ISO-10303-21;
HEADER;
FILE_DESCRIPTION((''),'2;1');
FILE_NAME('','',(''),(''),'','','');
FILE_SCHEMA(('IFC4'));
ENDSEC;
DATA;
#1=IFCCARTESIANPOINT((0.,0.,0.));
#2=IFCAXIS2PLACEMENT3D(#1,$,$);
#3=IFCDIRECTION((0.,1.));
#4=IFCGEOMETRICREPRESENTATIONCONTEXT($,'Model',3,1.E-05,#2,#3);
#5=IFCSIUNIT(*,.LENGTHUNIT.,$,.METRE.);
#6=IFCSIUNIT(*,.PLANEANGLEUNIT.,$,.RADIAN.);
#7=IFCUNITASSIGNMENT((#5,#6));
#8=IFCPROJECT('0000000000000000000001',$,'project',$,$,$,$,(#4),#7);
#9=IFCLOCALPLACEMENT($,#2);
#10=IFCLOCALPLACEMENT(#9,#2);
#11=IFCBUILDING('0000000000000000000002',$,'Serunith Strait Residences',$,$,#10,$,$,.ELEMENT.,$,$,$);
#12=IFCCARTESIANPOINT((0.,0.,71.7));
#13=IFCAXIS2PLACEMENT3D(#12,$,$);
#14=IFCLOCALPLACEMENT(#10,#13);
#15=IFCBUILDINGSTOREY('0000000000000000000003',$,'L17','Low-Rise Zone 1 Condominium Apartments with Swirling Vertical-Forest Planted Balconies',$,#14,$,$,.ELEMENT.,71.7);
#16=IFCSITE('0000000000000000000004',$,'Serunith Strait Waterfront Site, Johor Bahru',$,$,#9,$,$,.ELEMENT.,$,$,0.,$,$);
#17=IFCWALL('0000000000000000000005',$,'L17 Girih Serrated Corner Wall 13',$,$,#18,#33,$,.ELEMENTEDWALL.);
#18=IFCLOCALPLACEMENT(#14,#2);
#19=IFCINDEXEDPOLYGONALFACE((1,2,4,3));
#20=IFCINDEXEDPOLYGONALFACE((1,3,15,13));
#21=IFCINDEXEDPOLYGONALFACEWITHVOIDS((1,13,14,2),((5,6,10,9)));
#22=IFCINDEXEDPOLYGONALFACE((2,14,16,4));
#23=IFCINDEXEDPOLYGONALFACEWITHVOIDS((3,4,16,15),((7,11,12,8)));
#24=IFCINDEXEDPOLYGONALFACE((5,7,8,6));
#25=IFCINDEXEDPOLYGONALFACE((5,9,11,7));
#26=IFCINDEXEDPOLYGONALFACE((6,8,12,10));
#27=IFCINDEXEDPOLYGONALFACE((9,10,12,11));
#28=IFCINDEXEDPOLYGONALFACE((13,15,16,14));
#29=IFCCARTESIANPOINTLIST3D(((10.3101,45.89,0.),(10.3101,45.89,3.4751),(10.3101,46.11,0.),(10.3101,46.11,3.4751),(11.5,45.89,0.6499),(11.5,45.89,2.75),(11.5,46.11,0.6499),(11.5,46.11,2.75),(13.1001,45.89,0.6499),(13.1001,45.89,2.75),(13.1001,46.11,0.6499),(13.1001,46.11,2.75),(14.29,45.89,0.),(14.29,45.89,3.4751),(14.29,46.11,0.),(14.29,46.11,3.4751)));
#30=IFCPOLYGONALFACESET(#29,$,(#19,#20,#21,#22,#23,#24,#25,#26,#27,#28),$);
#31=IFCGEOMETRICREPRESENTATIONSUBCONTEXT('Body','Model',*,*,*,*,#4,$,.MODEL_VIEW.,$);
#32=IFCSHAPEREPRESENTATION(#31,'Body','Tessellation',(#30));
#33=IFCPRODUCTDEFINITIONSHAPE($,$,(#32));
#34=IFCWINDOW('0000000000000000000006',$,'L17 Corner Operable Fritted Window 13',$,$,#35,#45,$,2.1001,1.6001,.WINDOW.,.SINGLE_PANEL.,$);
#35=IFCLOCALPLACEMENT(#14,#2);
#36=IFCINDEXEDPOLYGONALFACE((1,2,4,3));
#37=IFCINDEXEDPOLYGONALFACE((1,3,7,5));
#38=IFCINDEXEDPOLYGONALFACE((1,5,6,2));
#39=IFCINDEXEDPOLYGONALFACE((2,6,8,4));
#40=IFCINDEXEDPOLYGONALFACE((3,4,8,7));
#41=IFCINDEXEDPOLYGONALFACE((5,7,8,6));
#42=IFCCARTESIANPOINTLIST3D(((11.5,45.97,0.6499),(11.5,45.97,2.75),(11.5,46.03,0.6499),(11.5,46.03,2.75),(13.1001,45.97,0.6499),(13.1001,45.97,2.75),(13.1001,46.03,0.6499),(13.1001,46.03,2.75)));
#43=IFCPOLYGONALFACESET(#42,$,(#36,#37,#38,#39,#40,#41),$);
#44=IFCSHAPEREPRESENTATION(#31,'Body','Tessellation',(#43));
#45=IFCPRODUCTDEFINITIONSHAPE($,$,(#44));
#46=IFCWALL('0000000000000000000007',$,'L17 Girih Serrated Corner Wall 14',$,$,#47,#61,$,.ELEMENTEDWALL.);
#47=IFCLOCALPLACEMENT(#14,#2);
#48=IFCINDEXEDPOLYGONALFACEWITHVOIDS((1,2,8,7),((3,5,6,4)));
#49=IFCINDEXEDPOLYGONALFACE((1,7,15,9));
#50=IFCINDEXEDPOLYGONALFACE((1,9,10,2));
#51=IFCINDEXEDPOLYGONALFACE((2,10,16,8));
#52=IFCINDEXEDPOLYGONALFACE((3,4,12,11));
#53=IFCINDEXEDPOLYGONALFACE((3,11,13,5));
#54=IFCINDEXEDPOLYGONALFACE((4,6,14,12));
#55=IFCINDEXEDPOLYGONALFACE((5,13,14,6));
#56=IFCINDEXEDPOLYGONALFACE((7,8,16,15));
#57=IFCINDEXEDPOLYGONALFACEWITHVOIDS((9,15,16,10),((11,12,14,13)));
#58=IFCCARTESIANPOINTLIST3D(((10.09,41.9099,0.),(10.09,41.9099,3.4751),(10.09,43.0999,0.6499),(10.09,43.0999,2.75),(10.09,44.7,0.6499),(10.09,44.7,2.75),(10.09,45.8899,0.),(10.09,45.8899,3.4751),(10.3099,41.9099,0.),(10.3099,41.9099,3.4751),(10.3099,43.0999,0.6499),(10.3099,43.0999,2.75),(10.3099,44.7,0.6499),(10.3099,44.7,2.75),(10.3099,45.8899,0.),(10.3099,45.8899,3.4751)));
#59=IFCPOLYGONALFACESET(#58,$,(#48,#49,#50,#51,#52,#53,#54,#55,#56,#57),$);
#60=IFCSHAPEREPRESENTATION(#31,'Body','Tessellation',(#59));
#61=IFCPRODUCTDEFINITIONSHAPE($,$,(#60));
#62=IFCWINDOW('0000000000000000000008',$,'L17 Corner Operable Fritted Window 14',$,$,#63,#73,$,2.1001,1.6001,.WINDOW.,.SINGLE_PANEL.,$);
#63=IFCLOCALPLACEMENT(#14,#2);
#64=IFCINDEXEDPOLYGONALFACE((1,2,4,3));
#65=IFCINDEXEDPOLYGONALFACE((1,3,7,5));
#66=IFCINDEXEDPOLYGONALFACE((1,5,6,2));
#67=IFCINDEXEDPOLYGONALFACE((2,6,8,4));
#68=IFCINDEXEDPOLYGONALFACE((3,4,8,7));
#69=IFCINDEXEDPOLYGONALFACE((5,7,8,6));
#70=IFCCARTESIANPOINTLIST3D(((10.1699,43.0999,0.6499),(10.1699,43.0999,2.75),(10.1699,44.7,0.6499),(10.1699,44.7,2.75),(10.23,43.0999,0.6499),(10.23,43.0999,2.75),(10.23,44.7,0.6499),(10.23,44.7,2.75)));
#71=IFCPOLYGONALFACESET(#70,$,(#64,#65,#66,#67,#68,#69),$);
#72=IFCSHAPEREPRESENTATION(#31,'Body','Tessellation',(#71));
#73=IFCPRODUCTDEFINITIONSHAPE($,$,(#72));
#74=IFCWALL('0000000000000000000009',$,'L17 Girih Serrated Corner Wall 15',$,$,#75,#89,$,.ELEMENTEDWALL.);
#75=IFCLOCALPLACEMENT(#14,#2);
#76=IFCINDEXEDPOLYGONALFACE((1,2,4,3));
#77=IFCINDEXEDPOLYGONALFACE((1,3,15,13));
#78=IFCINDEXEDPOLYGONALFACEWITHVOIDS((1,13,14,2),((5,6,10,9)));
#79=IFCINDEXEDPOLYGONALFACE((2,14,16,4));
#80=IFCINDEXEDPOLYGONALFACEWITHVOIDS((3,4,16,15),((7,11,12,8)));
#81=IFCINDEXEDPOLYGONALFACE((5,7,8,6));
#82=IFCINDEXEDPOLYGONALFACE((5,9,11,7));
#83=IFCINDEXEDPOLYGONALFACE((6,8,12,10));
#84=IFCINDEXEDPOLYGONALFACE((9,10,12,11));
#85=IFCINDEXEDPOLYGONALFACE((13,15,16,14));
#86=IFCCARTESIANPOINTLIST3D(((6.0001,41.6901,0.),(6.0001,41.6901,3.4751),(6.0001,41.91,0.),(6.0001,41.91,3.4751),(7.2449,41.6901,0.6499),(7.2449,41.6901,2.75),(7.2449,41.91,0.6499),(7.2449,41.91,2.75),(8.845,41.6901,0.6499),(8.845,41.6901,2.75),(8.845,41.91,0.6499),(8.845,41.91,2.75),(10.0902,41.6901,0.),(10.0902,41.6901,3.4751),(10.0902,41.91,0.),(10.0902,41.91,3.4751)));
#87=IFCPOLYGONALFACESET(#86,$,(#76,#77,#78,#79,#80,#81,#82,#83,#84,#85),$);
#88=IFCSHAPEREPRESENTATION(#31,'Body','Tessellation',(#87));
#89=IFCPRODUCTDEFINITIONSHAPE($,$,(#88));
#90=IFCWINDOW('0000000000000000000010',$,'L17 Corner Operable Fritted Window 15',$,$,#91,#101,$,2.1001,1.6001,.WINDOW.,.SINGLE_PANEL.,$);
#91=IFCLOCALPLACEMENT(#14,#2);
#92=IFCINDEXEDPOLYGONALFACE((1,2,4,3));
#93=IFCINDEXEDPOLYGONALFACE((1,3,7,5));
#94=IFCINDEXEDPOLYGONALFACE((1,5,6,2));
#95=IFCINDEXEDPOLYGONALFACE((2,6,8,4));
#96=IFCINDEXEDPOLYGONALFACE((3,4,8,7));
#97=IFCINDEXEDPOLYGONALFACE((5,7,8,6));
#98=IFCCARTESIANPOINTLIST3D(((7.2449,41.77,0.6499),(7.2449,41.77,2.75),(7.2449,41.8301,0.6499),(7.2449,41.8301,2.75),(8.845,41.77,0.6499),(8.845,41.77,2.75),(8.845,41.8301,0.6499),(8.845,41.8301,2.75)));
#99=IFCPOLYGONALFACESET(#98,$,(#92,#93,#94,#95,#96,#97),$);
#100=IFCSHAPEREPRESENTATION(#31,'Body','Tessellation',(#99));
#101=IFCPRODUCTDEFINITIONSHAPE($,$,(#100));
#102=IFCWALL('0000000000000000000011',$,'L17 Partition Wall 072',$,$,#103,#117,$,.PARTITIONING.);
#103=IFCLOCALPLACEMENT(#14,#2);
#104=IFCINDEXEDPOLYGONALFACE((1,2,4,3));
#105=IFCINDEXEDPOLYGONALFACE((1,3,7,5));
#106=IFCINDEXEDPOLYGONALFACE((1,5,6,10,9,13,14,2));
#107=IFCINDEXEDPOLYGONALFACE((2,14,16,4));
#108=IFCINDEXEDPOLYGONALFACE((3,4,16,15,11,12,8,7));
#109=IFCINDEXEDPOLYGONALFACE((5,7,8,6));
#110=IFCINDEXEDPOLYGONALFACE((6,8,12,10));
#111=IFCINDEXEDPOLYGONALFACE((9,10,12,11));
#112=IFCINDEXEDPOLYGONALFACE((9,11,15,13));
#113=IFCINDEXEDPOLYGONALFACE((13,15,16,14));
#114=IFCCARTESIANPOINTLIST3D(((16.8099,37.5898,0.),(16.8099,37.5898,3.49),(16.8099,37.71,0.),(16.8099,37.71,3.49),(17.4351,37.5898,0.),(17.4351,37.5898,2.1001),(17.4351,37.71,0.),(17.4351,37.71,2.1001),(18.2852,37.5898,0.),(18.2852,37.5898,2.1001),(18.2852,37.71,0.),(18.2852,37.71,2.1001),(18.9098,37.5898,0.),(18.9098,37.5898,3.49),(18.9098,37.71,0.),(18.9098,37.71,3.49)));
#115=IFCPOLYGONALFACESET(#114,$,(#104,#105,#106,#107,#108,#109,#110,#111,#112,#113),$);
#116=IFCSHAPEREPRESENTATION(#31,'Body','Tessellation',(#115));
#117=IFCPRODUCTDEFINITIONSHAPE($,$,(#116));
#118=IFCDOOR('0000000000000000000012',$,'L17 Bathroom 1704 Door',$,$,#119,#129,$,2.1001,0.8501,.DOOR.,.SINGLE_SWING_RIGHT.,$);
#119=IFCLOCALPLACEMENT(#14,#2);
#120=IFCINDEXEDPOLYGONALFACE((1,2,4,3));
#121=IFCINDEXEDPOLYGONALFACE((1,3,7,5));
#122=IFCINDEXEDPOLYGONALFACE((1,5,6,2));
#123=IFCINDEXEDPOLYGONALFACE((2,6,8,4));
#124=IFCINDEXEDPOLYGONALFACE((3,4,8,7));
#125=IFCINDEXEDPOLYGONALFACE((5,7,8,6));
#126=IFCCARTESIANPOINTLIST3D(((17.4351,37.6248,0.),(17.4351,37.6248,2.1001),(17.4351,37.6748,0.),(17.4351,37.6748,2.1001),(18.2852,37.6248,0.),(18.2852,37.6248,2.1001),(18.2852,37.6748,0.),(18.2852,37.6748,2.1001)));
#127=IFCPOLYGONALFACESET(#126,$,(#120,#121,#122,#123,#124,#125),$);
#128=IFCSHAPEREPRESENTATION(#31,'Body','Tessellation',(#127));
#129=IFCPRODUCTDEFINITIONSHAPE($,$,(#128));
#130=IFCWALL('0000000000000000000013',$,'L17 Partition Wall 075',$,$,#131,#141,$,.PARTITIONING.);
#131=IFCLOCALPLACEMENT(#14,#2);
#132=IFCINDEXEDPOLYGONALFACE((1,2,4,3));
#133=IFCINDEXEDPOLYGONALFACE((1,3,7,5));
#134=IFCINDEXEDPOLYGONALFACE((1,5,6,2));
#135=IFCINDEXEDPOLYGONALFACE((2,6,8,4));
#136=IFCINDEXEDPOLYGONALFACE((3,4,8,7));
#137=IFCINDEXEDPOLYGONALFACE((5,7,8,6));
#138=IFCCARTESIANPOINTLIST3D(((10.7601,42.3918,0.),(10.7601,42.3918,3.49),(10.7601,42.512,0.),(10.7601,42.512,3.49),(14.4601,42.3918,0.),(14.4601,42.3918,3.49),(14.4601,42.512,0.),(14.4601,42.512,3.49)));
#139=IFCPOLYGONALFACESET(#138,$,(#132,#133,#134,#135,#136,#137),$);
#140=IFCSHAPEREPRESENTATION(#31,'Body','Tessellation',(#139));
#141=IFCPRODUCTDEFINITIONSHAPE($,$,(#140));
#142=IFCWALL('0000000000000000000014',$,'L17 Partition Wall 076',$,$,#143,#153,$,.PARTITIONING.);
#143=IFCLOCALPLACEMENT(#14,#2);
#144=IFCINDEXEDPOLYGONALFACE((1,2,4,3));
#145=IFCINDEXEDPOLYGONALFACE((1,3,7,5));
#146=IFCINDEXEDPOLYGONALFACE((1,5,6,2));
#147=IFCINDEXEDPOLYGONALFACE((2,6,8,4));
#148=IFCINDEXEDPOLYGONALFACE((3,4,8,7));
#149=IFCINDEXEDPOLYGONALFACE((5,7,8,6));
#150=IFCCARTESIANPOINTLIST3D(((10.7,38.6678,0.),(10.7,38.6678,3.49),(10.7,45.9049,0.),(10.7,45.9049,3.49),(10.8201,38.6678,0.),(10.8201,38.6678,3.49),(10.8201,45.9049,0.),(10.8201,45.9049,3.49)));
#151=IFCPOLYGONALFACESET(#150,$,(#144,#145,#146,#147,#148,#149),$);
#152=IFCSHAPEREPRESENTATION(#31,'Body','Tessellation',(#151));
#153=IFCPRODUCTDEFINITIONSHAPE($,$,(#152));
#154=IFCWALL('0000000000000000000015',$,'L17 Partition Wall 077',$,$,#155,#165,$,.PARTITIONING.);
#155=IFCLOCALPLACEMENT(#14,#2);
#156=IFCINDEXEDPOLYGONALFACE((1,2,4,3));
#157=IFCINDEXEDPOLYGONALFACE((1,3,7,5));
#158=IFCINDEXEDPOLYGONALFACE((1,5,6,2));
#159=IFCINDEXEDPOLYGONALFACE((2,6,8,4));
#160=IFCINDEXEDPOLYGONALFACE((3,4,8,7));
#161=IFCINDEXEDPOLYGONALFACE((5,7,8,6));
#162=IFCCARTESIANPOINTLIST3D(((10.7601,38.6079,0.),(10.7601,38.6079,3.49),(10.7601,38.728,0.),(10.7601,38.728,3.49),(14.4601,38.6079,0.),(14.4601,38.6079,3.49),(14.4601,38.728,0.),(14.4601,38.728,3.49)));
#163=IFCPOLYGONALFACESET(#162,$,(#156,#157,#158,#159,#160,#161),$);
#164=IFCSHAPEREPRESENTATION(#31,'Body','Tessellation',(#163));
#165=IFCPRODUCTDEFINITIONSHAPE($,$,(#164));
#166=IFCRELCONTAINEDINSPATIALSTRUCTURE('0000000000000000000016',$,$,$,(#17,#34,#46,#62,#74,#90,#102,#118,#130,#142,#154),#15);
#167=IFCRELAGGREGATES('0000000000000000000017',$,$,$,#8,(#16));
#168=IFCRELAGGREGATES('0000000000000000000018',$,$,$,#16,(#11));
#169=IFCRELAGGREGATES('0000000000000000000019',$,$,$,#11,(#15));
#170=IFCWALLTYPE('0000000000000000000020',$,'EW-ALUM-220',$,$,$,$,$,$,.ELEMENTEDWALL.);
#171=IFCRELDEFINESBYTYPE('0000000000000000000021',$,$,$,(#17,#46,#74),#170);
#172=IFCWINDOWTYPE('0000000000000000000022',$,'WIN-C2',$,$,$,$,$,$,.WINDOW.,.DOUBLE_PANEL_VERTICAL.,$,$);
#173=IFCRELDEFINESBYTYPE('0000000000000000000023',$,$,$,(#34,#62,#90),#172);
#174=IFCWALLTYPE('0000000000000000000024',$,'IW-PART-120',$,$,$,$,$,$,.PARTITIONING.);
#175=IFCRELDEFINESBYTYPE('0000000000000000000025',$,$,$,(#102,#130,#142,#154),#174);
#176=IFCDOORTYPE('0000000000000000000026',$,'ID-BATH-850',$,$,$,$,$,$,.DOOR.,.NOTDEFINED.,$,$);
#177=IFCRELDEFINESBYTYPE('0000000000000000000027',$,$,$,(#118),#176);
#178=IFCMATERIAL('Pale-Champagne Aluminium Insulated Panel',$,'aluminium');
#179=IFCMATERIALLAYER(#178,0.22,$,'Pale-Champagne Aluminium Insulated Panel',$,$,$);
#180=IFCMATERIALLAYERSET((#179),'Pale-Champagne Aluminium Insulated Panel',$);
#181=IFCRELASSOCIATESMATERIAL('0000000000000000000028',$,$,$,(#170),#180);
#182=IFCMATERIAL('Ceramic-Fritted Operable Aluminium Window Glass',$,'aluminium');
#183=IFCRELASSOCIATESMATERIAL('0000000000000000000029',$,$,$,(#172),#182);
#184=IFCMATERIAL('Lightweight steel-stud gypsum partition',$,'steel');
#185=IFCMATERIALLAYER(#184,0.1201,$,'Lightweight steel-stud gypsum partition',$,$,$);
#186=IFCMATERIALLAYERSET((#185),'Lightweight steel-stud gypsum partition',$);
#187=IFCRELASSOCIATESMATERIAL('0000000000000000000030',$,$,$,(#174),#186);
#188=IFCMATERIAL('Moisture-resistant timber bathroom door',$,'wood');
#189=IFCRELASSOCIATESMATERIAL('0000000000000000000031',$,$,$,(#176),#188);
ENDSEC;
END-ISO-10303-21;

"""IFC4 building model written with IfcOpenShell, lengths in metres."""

from ifc_helpers import new_model, si_unit, direction, frame, frame_2d, origin, place, context, subcontext, project, spatial, rectangle, extrude, source, transform, mapped, material, layer, layer_set, type_object, element, fill, save


model = new_model("IFC4")

# Units and contexts
model_context = context("Model", 3, precision=1e-05, world=origin(), true_north=direction((0.0, 1.0)))
body_context = subcontext(model_context, "Body", "Model", "MODEL_VIEW")
ifc_project = project(units=[si_unit("LENGTHUNIT", "METRE"), si_unit("PLANEANGLEUNIT", "RADIAN")], contexts=[model_context])

# Site, building, storey
site_placement = place(None, origin())
site = spatial("IfcSite", under=ifc_project, at=site_placement, Name="Serunith Strait Waterfront Site, Johor Bahru", CompositionType="ELEMENT", RefElevation=0.0)
building_placement = place(site_placement, origin())
building = spatial("IfcBuilding", under=site, at=building_placement, Name="Serunith Strait Residences", CompositionType="ELEMENT")
storey_placement = place(building_placement, frame((0.0, 0.0, 71.7)))
storey = spatial("IfcBuildingStorey", under=building, at=storey_placement, Name="L17", Description="Low-Rise Zone 1 Condominium Apartments with Swirling Vertical-Forest Planted Balconies", CompositionType="ELEMENT", Elevation=71.7)

# Walls, openings, windows
ifc_material_1 = material(Name="Pale-Champagne Aluminium Insulated Panel", Category="aluminium")
ifc_layer_1 = layer(ifc_material_1, 0.22, Name="Pale-Champagne Aluminium Insulated Panel")
ifc_layer_set_1 = layer_set([ifc_layer_1], Name="Pale-Champagne Aluminium Insulated Panel")
wall_type_1 = type_object("IfcWallType", Name="EW-ALUM-220", PredefinedType="ELEMENTEDWALL", material=ifc_layer_set_1)
ifc_material_2 = material(Name="Ceramic-Fritted Operable Aluminium Window Glass", Category="aluminium")
window_type = type_object("IfcWindowType", Name="WIN-C2", PartitioningType="DOUBLE_PANEL_VERTICAL", PredefinedType="WINDOW", material=ifc_material_2)
shared_shape_1 = source(origin(), body_context, "Body", "SweptSolid", [
    extrude(rectangle(XDim=1.6001, YDim=2.1001, at=frame_2d((0.8, 1.05))), frame((0.0, 0.03, 0.0), z_axis=(0.0, -1.0, 0.0), x_axis=(1.0, 0.0, 0.0)), (0.0, 0.0, 1.0), 0.0601),
])
wall_1_placement = place(storey_placement, frame((14.29, 46.0, 0.0), z_axis=(0.0, 0.0, 1.0), x_axis=(-1.0, 0.0, 0.0)))
wall_1 = element("IfcWall", 1, at=wall_1_placement, inside=storey, type_object=wall_type_1, Name="L17 Girih Serrated Corner Wall 13", PredefinedType="ELEMENTEDWALL", context=body_context, shape_type="SweptSolid", body=[
    extrude(rectangle(XDim=3.98, YDim=0.22, at=frame_2d((1.99, 0.0))), origin(), (0.0, 0.0, 1.0), 3.4751),
])
opening_1_placement = place(wall_1_placement, frame((1.1899, 0.0, 0.6499)))
opening_1 = element("IfcOpeningElement", 2, at=opening_1_placement, cuts=wall_1, PredefinedType="OPENING", context=body_context, shape_type="SweptSolid", body=[
    extrude(rectangle(XDim=1.6001, YDim=2.1001, at=frame_2d((0.8, 1.05))), frame((0.0, 0.1201, 0.0), z_axis=(0.0, -1.0, 0.0), x_axis=(1.0, 0.0, 0.0)), (0.0, 0.0, 1.0), 0.24),
])
window_1_placement = place(opening_1_placement, origin())
window_1 = element("IfcWindow", 3, at=window_1_placement, inside=storey, type_object=window_type, Name="L17 Corner Operable Fritted Window 13", OverallHeight=2.1001, OverallWidth=1.6001, PartitioningType="SINGLE_PANEL", PredefinedType="WINDOW", context=body_context, shape_type="MappedRepresentation", body=[
    mapped(shared_shape_1, transform((0.0, 0.0, 0.0), scale=1.0)),
])
fill(opening_1, window_1)
wall_2_placement = place(storey_placement, frame((10.2, 45.8899, 0.0), z_axis=(0.0, 0.0, 1.0), x_axis=(0.0, -1.0, 0.0)))
wall_2 = element("IfcWall", 4, at=wall_2_placement, inside=storey, type_object=wall_type_1, Name="L17 Girih Serrated Corner Wall 14", PredefinedType="ELEMENTEDWALL", context=body_context, shape_type="SweptSolid", body=[
    extrude(rectangle(XDim=3.98, YDim=0.22, at=frame_2d((1.99, 0.0))), origin(), (0.0, 0.0, 1.0), 3.4751),
])
opening_2_placement = place(wall_2_placement, frame((1.1899, 0.0, 0.6499)))
opening_2 = element("IfcOpeningElement", 5, at=opening_2_placement, cuts=wall_2, PredefinedType="OPENING", context=body_context, shape_type="SweptSolid", body=[
    extrude(rectangle(XDim=1.6001, YDim=2.1001, at=frame_2d((0.8, 1.05))), frame((0.0, 0.1201, 0.0), z_axis=(0.0, -1.0, 0.0), x_axis=(1.0, 0.0, 0.0)), (0.0, 0.0, 1.0), 0.24),
])
window_2_placement = place(opening_2_placement, origin())
window_2 = element("IfcWindow", 6, at=window_2_placement, inside=storey, type_object=window_type, Name="L17 Corner Operable Fritted Window 14", OverallHeight=2.1001, OverallWidth=1.6001, PartitioningType="SINGLE_PANEL", PredefinedType="WINDOW", context=body_context, shape_type="MappedRepresentation", body=[
    mapped(shared_shape_1, transform((0.0, 0.0, 0.0), scale=1.0)),
])
fill(opening_2, window_2)
wall_3_placement = place(storey_placement, frame((10.0901, 41.8, 0.0), z_axis=(0.0, 0.0, 1.0), x_axis=(-1.0, 0.0, 0.0)))
wall_3 = element("IfcWall", 7, at=wall_3_placement, inside=storey, type_object=wall_type_1, Name="L17 Girih Serrated Corner Wall 15", PredefinedType="ELEMENTEDWALL", context=body_context, shape_type="SweptSolid", body=[
    extrude(rectangle(XDim=4.0901, YDim=0.22, at=frame_2d((2.0449, 0.0))), origin(), (0.0, 0.0, 1.0), 3.4751),
])
opening_3_placement = place(wall_3_placement, frame((1.2451, 0.0, 0.6499)))
opening_3 = element("IfcOpeningElement", 8, at=opening_3_placement, cuts=wall_3, PredefinedType="OPENING", context=body_context, shape_type="SweptSolid", body=[
    extrude(rectangle(XDim=1.6001, YDim=2.1001, at=frame_2d((0.8, 1.05))), frame((0.0, 0.1201, 0.0), z_axis=(0.0, -1.0, 0.0), x_axis=(1.0, 0.0, 0.0)), (0.0, 0.0, 1.0), 0.24),
])
window_3_placement = place(opening_3_placement, origin())
window_3 = element("IfcWindow", 9, at=window_3_placement, inside=storey, type_object=window_type, Name="L17 Corner Operable Fritted Window 15", OverallHeight=2.1001, OverallWidth=1.6001, PartitioningType="SINGLE_PANEL", PredefinedType="WINDOW", context=body_context, shape_type="MappedRepresentation", body=[
    mapped(shared_shape_1, transform((0.0, 0.0, 0.0), scale=1.0)),
])
fill(opening_3, window_3)

# Wall, opening, door
ifc_material_3 = material(Name="Lightweight steel-stud gypsum partition", Category="steel")
ifc_layer_2 = layer(ifc_material_3, 0.1201, Name="Lightweight steel-stud gypsum partition")
ifc_layer_set_2 = layer_set([ifc_layer_2], Name="Lightweight steel-stud gypsum partition")
wall_type_2 = type_object("IfcWallType", Name="IW-PART-120", PredefinedType="PARTITIONING", material=ifc_layer_set_2)
wall_4_placement = place(storey_placement, frame((16.8101, 37.6499, 0.0), z_axis=(0.0, 0.0, 1.0), x_axis=(1.0, 0.0, 0.0)))
wall_4 = element("IfcWall", 10, at=wall_4_placement, inside=storey, type_object=wall_type_2, Name="L17 Partition Wall 072", PredefinedType="PARTITIONING", context=body_context, shape_type="SweptSolid", body=[
    extrude(rectangle(XDim=2.0999, YDim=0.1201, at=frame_2d((1.0498, 0.0))), origin(), (0.0, 0.0, 1.0), 3.49),
])
opening_4_placement = place(wall_4_placement, frame((0.625, 0.0, 0.0)))
opening_4 = element("IfcOpeningElement", 11, at=opening_4_placement, cuts=wall_4, PredefinedType="OPENING", context=body_context, shape_type="SweptSolid", body=[
    extrude(rectangle(XDim=0.8501, YDim=2.1001, at=frame_2d((0.425, 1.05))), frame((0.0, 0.0701, 0.0), z_axis=(0.0, -1.0, 0.0), x_axis=(1.0, 0.0, 0.0)), (0.0, 0.0, 1.0), 0.1401),
])
ifc_material_4 = material(Name="Moisture-resistant timber bathroom door", Category="wood")
door_type = type_object("IfcDoorType", Name="ID-BATH-850", OperationType="NOTDEFINED", PredefinedType="DOOR", material=ifc_material_4)
shared_shape_2 = source(origin(), body_context, "Body", "SweptSolid", [
    extrude(rectangle(XDim=0.8501, YDim=2.1001, at=frame_2d((0.425, 1.05))), frame((0.0, 0.0249, 0.0), z_axis=(0.0, -1.0, 0.0), x_axis=(1.0, 0.0, 0.0)), (0.0, 0.0, 1.0), 0.05),
])
door_1_placement = place(opening_4_placement, origin())
door_1 = element("IfcDoor", 12, at=door_1_placement, inside=storey, type_object=door_type, Name="L17 Bathroom 1704 Door", OperationType="SINGLE_SWING_RIGHT", OverallHeight=2.1001, OverallWidth=0.8501, PredefinedType="DOOR", context=body_context, shape_type="MappedRepresentation", body=[
    mapped(shared_shape_2, transform((0.0, 0.0, 0.0), scale=1.0)),
])
fill(opening_4, door_1)

# Walls
wall_5_placement = place(storey_placement, frame((10.76, 42.4519, 0.0), z_axis=(0.0, 0.0, 1.0), x_axis=(1.0, 0.0, 0.0)))
element("IfcWall", 13, at=wall_5_placement, inside=storey, type_object=wall_type_2, Name="L17 Partition Wall 075", PredefinedType="PARTITIONING", context=body_context, shape_type="SweptSolid", body=[
    extrude(rectangle(XDim=3.7, YDim=0.1201, at=frame_2d((1.8501, 0.0))), origin(), (0.0, 0.0, 1.0), 3.49),
])
wall_6_placement = place(storey_placement, frame((10.76, 45.905, 0.0), z_axis=(0.0, 0.0, 1.0), x_axis=(0.0, -1.0, 0.0)))
element("IfcWall", 14, at=wall_6_placement, inside=storey, type_object=wall_type_2, Name="L17 Partition Wall 076", PredefinedType="PARTITIONING", context=body_context, shape_type="SweptSolid", body=[
    extrude(rectangle(XDim=7.2371, YDim=0.1201, at=frame_2d((3.6187, 0.0))), origin(), (0.0, 0.0, 1.0), 3.49),
])
wall_7_placement = place(storey_placement, frame((10.76, 38.668, 0.0), z_axis=(0.0, 0.0, 1.0), x_axis=(1.0, 0.0, 0.0)))
element("IfcWall", 15, at=wall_7_placement, inside=storey, type_object=wall_type_2, Name="L17 Partition Wall 077", PredefinedType="PARTITIONING", context=body_context, shape_type="SweptSolid", body=[
    extrude(rectangle(XDim=3.7, YDim=0.1201, at=frame_2d((1.8501, 0.0))), origin(), (0.0, 0.0, 1.0), 3.49),
])

save(model, "model.ifc")
